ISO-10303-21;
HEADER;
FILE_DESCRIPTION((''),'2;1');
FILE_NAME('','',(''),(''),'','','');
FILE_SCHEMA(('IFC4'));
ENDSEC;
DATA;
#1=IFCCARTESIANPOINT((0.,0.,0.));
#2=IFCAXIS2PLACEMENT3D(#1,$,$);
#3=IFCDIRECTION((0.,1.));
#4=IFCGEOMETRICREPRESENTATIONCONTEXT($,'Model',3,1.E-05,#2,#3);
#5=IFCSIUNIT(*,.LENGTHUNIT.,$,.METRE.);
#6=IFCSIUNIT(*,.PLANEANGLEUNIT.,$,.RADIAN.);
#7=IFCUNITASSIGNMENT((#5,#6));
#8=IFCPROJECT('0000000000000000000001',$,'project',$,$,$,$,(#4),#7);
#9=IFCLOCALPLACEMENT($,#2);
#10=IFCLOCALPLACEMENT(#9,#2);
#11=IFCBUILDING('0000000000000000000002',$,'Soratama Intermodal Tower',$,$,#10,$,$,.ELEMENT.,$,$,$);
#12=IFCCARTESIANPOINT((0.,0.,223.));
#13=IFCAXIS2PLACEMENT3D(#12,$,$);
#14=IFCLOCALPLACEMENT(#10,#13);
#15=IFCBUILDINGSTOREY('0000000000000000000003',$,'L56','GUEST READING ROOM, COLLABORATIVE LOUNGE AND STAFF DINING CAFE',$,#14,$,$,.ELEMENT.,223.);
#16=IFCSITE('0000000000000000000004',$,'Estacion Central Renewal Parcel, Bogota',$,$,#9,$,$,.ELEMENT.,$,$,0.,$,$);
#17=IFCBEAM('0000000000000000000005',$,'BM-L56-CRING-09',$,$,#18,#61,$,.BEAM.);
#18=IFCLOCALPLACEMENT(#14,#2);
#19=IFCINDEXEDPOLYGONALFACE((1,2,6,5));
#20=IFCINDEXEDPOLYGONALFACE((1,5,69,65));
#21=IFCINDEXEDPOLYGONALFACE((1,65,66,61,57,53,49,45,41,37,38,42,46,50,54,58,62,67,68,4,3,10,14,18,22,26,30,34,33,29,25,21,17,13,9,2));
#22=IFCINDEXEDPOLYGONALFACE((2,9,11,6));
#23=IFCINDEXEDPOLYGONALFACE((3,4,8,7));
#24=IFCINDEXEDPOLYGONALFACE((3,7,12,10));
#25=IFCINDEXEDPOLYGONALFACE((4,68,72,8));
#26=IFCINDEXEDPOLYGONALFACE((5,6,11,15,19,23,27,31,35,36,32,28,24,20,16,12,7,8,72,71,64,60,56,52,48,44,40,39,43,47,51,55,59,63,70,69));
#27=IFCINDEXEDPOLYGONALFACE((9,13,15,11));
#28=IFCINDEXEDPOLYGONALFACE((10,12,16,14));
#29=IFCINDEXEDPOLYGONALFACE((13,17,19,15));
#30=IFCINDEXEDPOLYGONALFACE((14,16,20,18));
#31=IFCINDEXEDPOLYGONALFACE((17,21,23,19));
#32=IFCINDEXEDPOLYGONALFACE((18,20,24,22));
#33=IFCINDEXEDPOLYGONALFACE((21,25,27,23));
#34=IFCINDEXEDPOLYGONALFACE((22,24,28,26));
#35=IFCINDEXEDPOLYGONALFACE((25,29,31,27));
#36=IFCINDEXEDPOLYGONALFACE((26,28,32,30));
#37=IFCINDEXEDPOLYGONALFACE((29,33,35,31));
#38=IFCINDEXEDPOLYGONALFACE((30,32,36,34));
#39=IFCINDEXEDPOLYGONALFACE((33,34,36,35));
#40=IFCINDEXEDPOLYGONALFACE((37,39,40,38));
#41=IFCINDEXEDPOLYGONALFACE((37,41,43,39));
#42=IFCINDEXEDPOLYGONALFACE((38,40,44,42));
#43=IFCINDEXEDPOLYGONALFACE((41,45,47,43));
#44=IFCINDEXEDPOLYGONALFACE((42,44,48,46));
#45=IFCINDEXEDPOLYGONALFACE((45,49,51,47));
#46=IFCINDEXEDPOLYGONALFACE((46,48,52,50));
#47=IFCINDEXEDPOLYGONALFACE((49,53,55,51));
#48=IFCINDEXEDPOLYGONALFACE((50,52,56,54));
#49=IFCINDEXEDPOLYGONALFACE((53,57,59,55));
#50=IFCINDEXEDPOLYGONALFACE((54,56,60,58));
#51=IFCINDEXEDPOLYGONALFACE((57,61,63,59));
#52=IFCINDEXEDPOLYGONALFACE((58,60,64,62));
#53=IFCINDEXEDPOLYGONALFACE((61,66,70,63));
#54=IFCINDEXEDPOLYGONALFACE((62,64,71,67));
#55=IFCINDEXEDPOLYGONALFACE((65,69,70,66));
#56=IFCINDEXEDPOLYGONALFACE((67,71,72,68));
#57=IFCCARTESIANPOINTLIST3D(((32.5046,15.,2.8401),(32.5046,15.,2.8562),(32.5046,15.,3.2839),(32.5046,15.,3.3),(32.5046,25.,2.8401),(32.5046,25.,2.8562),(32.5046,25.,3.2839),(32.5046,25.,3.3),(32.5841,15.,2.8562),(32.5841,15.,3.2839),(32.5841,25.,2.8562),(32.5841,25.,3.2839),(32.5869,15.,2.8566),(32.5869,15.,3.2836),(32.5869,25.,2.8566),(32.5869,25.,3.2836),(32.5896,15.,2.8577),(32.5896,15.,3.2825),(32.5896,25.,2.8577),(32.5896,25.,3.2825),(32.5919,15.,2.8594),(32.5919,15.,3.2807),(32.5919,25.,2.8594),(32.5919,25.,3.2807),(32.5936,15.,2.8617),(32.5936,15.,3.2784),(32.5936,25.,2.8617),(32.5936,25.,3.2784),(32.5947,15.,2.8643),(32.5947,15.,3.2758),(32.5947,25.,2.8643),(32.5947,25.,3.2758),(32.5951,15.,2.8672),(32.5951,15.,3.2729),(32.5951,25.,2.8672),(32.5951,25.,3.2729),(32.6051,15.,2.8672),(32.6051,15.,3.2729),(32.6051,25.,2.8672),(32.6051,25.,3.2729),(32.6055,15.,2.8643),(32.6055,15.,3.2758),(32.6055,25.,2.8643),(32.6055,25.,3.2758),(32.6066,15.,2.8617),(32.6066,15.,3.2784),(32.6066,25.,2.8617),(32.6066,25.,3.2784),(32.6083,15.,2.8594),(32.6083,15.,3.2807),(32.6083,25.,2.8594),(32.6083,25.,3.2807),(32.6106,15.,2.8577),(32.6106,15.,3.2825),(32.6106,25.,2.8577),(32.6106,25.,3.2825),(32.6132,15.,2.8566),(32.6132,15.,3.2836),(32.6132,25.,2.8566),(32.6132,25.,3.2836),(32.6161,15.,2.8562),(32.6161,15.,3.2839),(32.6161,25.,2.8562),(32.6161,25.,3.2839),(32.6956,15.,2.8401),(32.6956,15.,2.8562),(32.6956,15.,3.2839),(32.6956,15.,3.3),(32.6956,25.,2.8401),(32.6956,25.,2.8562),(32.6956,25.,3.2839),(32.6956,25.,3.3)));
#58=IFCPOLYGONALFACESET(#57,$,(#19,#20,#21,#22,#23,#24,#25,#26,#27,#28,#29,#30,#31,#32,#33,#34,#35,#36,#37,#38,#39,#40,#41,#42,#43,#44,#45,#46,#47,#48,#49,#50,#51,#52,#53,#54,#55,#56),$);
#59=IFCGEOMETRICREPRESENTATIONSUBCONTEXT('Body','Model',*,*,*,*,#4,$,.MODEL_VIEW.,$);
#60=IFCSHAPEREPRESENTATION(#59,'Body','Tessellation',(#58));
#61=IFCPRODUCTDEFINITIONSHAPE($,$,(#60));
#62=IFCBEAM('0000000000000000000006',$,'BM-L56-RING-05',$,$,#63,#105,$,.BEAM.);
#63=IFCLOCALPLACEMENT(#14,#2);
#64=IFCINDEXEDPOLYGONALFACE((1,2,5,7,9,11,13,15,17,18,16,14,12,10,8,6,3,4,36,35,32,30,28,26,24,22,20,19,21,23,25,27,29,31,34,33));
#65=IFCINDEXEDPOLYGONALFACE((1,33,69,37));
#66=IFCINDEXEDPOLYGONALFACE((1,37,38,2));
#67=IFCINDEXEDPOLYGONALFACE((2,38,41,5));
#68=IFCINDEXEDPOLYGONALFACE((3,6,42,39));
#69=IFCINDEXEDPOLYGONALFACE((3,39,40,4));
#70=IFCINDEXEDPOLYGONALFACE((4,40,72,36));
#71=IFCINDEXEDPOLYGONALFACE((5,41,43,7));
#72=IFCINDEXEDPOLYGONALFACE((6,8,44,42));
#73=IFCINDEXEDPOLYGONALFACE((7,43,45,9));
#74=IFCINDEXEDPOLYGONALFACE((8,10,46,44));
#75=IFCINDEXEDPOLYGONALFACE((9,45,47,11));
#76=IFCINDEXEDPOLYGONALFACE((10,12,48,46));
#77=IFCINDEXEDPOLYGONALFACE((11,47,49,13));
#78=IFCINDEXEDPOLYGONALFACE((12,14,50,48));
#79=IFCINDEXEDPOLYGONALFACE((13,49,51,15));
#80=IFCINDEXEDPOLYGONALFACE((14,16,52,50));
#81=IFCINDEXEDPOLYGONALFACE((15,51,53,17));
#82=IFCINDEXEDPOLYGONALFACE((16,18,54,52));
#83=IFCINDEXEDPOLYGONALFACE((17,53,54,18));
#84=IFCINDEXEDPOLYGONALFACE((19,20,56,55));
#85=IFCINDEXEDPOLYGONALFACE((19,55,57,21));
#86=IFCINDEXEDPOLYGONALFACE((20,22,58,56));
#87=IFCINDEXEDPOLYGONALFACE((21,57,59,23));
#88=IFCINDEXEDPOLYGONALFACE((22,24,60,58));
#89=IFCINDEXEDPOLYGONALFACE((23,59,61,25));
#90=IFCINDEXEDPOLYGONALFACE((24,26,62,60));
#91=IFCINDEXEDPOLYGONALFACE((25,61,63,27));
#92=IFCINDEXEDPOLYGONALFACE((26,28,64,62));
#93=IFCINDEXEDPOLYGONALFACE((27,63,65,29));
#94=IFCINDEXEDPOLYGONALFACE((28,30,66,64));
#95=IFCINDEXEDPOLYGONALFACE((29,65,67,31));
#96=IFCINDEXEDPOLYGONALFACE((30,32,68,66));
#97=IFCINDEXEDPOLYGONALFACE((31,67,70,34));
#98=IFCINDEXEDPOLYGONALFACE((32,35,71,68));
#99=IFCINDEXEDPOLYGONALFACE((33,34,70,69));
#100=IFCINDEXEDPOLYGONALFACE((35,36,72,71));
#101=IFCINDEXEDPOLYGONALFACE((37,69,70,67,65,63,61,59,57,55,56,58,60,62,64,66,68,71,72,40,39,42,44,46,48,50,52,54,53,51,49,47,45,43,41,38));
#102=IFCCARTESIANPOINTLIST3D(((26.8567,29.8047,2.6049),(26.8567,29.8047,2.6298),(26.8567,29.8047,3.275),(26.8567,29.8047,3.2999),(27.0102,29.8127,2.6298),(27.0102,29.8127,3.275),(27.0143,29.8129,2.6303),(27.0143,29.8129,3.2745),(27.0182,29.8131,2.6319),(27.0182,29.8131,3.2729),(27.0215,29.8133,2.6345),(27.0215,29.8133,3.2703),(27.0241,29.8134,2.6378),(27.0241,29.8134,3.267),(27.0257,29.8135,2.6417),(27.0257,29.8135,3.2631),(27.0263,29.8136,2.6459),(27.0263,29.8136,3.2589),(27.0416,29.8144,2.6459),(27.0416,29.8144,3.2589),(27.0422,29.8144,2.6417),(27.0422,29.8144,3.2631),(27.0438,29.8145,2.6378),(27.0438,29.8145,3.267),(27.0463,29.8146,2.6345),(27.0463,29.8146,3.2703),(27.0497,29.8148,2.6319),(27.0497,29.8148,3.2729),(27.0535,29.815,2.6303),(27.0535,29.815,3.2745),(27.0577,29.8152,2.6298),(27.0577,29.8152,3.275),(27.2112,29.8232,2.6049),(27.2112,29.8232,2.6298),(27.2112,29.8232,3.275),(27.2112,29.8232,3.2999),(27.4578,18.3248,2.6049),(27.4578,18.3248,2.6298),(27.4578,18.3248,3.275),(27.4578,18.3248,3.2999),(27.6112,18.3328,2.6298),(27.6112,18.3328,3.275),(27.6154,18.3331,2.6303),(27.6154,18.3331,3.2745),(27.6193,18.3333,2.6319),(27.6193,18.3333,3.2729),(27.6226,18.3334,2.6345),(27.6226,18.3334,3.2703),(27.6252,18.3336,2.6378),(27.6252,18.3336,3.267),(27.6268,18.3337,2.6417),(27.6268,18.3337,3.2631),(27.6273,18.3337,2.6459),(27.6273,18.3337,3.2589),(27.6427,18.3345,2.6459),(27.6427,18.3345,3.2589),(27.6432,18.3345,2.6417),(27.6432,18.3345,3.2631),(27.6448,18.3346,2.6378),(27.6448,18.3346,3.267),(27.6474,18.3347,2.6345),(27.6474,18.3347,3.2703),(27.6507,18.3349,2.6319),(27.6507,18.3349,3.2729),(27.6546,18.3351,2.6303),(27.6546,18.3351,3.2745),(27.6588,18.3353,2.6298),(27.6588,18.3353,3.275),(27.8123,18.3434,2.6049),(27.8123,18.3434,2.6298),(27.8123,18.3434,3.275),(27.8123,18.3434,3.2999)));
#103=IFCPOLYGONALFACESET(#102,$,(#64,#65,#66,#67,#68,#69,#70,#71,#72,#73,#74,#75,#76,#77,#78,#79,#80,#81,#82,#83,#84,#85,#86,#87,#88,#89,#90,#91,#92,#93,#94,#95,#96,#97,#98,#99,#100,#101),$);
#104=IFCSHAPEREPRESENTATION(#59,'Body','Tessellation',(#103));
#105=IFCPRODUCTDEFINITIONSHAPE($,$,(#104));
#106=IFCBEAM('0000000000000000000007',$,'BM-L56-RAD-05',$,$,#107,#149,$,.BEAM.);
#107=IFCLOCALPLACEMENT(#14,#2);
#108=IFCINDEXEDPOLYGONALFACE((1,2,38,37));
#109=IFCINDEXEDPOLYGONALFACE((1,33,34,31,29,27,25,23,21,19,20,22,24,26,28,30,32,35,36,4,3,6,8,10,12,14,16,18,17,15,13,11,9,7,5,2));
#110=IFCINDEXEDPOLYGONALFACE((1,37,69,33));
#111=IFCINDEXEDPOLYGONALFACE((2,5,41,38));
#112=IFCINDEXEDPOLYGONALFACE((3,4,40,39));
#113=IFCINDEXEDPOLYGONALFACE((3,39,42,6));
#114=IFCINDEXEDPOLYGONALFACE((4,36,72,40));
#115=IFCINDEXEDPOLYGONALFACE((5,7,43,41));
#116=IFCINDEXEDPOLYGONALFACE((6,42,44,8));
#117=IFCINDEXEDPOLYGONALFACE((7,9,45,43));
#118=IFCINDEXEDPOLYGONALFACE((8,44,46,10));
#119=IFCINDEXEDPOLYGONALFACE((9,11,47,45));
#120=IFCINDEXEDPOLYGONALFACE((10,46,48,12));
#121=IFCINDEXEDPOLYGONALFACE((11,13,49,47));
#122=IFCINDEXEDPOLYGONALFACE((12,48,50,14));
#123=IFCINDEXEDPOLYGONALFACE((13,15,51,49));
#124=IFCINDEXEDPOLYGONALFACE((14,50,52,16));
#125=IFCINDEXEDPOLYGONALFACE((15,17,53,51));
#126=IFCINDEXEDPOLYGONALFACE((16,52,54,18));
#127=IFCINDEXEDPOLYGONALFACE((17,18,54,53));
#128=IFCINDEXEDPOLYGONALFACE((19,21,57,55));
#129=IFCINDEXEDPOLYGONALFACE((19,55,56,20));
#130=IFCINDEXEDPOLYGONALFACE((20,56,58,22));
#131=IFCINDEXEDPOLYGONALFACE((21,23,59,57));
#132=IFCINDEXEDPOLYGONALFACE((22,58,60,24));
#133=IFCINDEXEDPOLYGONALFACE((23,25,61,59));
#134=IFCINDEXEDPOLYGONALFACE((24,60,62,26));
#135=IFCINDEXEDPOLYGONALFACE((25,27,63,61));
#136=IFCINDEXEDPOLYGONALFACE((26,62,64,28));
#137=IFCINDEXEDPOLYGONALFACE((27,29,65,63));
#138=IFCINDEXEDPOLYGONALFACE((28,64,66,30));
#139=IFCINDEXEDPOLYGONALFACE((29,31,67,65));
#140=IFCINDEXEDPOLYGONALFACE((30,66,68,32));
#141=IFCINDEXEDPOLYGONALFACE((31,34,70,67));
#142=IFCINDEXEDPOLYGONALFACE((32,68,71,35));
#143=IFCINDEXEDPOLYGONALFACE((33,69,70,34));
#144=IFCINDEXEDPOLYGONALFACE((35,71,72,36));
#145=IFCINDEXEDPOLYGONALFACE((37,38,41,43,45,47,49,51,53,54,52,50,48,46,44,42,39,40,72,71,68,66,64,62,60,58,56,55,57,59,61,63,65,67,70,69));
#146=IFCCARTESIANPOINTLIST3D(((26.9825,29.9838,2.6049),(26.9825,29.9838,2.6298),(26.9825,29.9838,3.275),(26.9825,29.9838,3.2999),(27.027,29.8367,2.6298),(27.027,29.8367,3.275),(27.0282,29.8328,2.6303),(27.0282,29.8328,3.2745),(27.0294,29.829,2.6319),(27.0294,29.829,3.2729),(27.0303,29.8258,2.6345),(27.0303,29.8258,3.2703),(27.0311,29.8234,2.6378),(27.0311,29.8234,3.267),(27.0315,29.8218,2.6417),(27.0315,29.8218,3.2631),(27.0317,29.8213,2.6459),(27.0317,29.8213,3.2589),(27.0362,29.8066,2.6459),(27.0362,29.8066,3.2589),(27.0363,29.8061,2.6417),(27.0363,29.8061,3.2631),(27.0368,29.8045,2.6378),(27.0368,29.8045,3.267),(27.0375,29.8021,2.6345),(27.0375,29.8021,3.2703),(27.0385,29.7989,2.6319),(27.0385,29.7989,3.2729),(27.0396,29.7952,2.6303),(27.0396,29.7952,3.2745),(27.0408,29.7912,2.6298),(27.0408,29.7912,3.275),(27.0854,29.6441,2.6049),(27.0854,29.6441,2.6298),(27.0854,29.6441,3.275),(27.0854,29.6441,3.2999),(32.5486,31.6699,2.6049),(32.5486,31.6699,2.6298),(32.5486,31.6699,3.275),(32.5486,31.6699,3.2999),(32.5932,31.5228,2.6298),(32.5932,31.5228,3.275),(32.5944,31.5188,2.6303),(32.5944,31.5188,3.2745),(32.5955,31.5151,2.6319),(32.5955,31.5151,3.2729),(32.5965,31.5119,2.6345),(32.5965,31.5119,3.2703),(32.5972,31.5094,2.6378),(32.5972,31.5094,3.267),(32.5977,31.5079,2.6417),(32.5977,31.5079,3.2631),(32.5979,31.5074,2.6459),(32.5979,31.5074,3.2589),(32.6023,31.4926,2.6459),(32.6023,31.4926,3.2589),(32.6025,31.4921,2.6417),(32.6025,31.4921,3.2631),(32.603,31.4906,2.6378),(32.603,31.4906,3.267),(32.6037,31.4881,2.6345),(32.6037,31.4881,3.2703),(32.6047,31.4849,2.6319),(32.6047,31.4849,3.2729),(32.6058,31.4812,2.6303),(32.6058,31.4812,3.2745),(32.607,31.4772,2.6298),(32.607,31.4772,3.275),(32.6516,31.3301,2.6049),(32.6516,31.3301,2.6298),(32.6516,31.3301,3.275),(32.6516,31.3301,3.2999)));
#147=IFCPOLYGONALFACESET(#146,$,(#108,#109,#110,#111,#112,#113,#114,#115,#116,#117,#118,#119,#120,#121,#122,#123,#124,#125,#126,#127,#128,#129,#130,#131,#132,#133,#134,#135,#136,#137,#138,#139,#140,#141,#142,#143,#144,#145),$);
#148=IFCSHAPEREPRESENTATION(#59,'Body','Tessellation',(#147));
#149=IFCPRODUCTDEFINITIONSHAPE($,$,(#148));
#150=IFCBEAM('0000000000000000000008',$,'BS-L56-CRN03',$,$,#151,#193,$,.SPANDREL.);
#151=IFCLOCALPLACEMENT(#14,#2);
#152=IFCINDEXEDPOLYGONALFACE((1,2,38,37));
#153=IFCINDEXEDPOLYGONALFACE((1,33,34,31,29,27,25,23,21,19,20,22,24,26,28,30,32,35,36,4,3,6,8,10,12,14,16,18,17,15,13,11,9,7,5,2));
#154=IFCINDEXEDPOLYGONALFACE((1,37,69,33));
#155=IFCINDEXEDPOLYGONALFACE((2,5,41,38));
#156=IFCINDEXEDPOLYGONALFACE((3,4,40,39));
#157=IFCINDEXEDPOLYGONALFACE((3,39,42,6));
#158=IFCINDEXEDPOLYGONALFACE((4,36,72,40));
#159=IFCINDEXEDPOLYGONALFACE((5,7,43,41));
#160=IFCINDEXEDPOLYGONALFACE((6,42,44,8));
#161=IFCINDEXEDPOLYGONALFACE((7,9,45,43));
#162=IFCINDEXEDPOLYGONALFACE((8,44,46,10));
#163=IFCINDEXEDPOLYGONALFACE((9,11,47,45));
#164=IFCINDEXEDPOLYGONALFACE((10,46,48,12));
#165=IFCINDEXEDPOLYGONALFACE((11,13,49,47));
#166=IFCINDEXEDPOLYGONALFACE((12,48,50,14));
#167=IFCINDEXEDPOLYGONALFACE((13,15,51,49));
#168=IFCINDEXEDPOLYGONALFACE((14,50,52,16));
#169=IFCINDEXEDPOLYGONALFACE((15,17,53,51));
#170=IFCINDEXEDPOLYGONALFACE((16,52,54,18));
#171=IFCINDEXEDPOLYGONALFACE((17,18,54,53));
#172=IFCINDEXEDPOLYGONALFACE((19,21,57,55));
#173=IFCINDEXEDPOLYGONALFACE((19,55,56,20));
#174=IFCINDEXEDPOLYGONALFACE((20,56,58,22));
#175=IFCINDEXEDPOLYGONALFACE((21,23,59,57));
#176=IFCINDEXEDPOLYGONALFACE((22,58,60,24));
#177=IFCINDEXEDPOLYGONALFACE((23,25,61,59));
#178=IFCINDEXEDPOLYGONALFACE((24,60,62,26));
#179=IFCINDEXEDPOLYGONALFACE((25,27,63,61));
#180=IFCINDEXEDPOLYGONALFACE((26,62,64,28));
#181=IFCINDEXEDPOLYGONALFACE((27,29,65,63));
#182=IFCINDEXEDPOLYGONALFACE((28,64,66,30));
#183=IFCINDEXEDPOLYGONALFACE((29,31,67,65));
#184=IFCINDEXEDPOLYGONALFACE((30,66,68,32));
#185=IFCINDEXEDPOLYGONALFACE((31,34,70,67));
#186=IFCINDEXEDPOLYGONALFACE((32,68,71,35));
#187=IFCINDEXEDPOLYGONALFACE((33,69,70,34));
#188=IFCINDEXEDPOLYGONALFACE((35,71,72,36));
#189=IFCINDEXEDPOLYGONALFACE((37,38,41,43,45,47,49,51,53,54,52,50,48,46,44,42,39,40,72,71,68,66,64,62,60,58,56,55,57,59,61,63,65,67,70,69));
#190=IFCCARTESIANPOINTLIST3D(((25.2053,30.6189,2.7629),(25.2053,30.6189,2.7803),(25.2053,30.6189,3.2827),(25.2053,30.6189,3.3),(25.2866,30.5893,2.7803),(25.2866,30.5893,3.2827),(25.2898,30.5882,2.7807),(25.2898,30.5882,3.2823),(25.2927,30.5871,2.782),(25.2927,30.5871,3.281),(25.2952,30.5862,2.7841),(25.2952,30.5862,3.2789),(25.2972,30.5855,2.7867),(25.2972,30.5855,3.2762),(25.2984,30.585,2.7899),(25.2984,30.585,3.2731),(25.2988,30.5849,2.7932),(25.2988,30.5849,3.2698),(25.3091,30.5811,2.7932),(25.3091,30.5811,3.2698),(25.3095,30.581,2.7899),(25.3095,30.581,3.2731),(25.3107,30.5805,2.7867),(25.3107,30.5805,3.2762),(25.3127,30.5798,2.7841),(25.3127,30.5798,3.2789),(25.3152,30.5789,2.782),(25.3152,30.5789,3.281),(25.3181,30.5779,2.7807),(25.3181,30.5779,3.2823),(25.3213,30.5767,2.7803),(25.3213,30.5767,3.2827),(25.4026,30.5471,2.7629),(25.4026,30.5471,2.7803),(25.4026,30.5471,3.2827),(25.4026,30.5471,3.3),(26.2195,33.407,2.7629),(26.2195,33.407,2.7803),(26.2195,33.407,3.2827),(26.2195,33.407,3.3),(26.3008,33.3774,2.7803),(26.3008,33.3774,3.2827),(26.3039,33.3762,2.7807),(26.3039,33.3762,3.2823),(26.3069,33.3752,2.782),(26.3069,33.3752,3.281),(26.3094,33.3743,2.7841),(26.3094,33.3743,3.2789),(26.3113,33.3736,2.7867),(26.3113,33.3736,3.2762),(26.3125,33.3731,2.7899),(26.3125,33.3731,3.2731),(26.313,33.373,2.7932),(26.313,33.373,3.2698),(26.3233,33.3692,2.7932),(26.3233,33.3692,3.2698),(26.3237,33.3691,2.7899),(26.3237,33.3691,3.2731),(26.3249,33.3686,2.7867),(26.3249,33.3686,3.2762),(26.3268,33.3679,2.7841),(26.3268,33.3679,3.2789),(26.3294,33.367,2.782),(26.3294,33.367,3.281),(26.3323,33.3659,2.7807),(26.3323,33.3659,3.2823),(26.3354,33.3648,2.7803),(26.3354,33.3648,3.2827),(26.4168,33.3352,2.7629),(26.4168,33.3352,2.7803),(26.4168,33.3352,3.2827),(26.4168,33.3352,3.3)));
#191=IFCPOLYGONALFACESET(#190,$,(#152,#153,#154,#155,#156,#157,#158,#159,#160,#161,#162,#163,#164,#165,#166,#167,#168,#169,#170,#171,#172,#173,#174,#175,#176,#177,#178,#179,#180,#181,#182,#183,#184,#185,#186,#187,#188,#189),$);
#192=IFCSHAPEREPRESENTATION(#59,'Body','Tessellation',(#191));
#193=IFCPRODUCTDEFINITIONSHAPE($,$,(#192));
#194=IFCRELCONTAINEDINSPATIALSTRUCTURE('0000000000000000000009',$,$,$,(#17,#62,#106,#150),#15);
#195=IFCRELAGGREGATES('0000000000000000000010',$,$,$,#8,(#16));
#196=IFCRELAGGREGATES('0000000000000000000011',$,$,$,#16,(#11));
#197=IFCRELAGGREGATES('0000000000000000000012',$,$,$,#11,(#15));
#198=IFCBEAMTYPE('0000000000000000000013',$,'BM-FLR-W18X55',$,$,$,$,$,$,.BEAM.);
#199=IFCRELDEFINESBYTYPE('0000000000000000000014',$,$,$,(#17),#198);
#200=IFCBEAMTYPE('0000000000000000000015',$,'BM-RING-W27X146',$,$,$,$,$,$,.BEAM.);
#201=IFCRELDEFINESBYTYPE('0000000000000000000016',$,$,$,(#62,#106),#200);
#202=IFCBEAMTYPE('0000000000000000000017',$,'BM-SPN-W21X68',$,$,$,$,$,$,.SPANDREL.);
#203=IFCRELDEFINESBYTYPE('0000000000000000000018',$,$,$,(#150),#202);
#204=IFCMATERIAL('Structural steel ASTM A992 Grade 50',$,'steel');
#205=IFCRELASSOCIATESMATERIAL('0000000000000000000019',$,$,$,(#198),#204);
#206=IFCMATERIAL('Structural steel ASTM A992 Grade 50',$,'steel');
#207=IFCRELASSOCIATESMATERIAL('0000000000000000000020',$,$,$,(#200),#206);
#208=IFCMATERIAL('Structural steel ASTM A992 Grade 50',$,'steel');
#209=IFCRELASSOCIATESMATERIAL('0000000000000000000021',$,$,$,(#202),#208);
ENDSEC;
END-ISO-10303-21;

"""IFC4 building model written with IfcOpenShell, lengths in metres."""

from ifc_helpers import new_model, si_unit, direction, frame, origin, origin_2d, place, context, subcontext, project, spatial, i_section, extrude, material, material_profile, profile_set, type_object, element, save


model = new_model("IFC4")

# Units and contexts
model_context = context("Model", 3, precision=1e-05, world=origin(), true_north=direction((0.0, 1.0)))
body_context = subcontext(model_context, "Body", "Model", "MODEL_VIEW")
ifc_project = project(units=[si_unit("LENGTHUNIT", "METRE"), si_unit("PLANEANGLEUNIT", "RADIAN")], contexts=[model_context])

# Site, building, storey
site_placement = place(None, origin())
site = spatial("IfcSite", under=ifc_project, at=site_placement, Name="Estacion Central Renewal Parcel, Bogota", CompositionType="ELEMENT", RefElevation=0.0)
building_placement = place(site_placement, origin())
building = spatial("IfcBuilding", under=site, at=building_placement, Name="Soratama Intermodal Tower", CompositionType="ELEMENT")
storey_placement = place(building_placement, frame((0.0, 0.0, 223.0)))
storey = spatial("IfcBuildingStorey", under=building, at=storey_placement, Name="L56", Description="GUEST READING ROOM, COLLABORATIVE LOUNGE AND STAFF DINING CAFE", CompositionType="ELEMENT", Elevation=223.0)

# Beams
ifc_material_1 = material(Name="Structural steel ASTM A992 Grade 50", Category="steel")
ifc_material_profile_1 = material_profile(ifc_material_1, i_section(OverallWidth=0.1909, OverallDepth=0.46, WebThickness=0.01, FlangeThickness=0.0161, FilletRadius=0.011, at=origin_2d()), Name="W18X55")
ifc_profile_set_1 = profile_set([ifc_material_profile_1], Name="Structural steel ASTM A992 Grade 50")
beam_type_1 = type_object("IfcBeamType", Name="BM-FLR-W18X55", PredefinedType="BEAM", material=ifc_profile_set_1)
beam_1_placement = place(storey_placement, frame((32.6001, 25.0, 3.0701), z_axis=(0.0, -1.0, 0.0), x_axis=(1.0, 0.0, 0.0)))
element("IfcBeam", 1, at=beam_1_placement, inside=storey, type_object=beam_type_1, Name="BM-L56-CRING-09", PredefinedType="BEAM", context=body_context, shape_type="SweptSolid", body=[
    extrude(i_section(OverallWidth=0.1909, OverallDepth=0.46, WebThickness=0.01, FlangeThickness=0.0161, FilletRadius=0.011, at=origin_2d()), origin(), (0.0, 0.0, 1.0), 10.0),
])
ifc_material_2 = material(Name="Structural steel ASTM A992 Grade 50", Category="steel")
ifc_material_profile_2 = material_profile(ifc_material_2, i_section(OverallWidth=0.355, OverallDepth=0.6951, WebThickness=0.0154, FlangeThickness=0.0249, FilletRadius=0.0161, at=origin_2d()), Name="W27X146")
ifc_profile_set_2 = profile_set([ifc_material_profile_2], Name="Structural steel ASTM A992 Grade 50")
beam_type_2 = type_object("IfcBeamType", Name="BM-RING-W27X146", PredefinedType="BEAM", material=ifc_profile_set_2)
beam_2_placement = place(storey_placement, frame((27.0339, 29.814, 2.9524), z_axis=(0.052287, -0.998632, 0.0), x_axis=(0.998632, 0.052287, 0.0)))
element("IfcBeam", 2, at=beam_2_placement, inside=storey, type_object=beam_type_2, Name="BM-L56-RING-05", PredefinedType="BEAM", context=body_context, shape_type="SweptSolid", body=[
    extrude(i_section(OverallWidth=0.355, OverallDepth=0.6951, WebThickness=0.0154, FlangeThickness=0.0249, FilletRadius=0.0161, at=origin_2d()), origin(), (0.0, 0.0, 1.0), 11.4956),
])
beam_3_placement = place(storey_placement, frame((32.6001, 31.5, 2.9524), z_axis=(-0.957057, -0.2899, 0.0), x_axis=(0.2899, -0.957057, 0.0)))
element("IfcBeam", 3, at=beam_3_placement, inside=storey, type_object=beam_type_2, Name="BM-L56-RAD-05", PredefinedType="BEAM", context=body_context, shape_type="SweptSolid", body=[
    extrude(i_section(OverallWidth=0.355, OverallDepth=0.6951, WebThickness=0.0154, FlangeThickness=0.0249, FilletRadius=0.0161, at=origin_2d()), origin(), (0.0, 0.0, 1.0), 5.8159),
])
ifc_material_3 = material(Name="Structural steel ASTM A992 Grade 50", Category="steel")
ifc_material_profile_3 = material_profile(ifc_material_3, i_section(OverallWidth=0.21, OverallDepth=0.5371, WebThickness=0.011, FlangeThickness=0.0173, FilletRadius=0.0129, at=origin_2d()), Name="W21X68")
ifc_profile_set_3 = profile_set([ifc_material_profile_3], Name="Structural steel ASTM A992 Grade 50")
beam_type_3 = type_object("IfcBeamType", Name="BM-SPN-W21X68", PredefinedType="SPANDREL", material=ifc_profile_set_3)
beam_4_placement = place(storey_placement, frame((26.3181, 33.3711, 3.0315), z_axis=(-0.341836, -0.93976, 0.0), x_axis=(0.93976, -0.341836, 0.0)))
element("IfcBeam", 4, at=beam_4_placement, inside=storey, type_object=beam_type_3, Name="BS-L56-CRN03", PredefinedType="SPANDREL", context=body_context, shape_type="SweptSolid", body=[
    extrude(i_section(OverallWidth=0.21, OverallDepth=0.5371, WebThickness=0.011, FlangeThickness=0.0173, FilletRadius=0.0129, at=origin_2d()), origin(), (0.0, 0.0, 1.0), 2.9668),
])

save(model, "model.ifc")
